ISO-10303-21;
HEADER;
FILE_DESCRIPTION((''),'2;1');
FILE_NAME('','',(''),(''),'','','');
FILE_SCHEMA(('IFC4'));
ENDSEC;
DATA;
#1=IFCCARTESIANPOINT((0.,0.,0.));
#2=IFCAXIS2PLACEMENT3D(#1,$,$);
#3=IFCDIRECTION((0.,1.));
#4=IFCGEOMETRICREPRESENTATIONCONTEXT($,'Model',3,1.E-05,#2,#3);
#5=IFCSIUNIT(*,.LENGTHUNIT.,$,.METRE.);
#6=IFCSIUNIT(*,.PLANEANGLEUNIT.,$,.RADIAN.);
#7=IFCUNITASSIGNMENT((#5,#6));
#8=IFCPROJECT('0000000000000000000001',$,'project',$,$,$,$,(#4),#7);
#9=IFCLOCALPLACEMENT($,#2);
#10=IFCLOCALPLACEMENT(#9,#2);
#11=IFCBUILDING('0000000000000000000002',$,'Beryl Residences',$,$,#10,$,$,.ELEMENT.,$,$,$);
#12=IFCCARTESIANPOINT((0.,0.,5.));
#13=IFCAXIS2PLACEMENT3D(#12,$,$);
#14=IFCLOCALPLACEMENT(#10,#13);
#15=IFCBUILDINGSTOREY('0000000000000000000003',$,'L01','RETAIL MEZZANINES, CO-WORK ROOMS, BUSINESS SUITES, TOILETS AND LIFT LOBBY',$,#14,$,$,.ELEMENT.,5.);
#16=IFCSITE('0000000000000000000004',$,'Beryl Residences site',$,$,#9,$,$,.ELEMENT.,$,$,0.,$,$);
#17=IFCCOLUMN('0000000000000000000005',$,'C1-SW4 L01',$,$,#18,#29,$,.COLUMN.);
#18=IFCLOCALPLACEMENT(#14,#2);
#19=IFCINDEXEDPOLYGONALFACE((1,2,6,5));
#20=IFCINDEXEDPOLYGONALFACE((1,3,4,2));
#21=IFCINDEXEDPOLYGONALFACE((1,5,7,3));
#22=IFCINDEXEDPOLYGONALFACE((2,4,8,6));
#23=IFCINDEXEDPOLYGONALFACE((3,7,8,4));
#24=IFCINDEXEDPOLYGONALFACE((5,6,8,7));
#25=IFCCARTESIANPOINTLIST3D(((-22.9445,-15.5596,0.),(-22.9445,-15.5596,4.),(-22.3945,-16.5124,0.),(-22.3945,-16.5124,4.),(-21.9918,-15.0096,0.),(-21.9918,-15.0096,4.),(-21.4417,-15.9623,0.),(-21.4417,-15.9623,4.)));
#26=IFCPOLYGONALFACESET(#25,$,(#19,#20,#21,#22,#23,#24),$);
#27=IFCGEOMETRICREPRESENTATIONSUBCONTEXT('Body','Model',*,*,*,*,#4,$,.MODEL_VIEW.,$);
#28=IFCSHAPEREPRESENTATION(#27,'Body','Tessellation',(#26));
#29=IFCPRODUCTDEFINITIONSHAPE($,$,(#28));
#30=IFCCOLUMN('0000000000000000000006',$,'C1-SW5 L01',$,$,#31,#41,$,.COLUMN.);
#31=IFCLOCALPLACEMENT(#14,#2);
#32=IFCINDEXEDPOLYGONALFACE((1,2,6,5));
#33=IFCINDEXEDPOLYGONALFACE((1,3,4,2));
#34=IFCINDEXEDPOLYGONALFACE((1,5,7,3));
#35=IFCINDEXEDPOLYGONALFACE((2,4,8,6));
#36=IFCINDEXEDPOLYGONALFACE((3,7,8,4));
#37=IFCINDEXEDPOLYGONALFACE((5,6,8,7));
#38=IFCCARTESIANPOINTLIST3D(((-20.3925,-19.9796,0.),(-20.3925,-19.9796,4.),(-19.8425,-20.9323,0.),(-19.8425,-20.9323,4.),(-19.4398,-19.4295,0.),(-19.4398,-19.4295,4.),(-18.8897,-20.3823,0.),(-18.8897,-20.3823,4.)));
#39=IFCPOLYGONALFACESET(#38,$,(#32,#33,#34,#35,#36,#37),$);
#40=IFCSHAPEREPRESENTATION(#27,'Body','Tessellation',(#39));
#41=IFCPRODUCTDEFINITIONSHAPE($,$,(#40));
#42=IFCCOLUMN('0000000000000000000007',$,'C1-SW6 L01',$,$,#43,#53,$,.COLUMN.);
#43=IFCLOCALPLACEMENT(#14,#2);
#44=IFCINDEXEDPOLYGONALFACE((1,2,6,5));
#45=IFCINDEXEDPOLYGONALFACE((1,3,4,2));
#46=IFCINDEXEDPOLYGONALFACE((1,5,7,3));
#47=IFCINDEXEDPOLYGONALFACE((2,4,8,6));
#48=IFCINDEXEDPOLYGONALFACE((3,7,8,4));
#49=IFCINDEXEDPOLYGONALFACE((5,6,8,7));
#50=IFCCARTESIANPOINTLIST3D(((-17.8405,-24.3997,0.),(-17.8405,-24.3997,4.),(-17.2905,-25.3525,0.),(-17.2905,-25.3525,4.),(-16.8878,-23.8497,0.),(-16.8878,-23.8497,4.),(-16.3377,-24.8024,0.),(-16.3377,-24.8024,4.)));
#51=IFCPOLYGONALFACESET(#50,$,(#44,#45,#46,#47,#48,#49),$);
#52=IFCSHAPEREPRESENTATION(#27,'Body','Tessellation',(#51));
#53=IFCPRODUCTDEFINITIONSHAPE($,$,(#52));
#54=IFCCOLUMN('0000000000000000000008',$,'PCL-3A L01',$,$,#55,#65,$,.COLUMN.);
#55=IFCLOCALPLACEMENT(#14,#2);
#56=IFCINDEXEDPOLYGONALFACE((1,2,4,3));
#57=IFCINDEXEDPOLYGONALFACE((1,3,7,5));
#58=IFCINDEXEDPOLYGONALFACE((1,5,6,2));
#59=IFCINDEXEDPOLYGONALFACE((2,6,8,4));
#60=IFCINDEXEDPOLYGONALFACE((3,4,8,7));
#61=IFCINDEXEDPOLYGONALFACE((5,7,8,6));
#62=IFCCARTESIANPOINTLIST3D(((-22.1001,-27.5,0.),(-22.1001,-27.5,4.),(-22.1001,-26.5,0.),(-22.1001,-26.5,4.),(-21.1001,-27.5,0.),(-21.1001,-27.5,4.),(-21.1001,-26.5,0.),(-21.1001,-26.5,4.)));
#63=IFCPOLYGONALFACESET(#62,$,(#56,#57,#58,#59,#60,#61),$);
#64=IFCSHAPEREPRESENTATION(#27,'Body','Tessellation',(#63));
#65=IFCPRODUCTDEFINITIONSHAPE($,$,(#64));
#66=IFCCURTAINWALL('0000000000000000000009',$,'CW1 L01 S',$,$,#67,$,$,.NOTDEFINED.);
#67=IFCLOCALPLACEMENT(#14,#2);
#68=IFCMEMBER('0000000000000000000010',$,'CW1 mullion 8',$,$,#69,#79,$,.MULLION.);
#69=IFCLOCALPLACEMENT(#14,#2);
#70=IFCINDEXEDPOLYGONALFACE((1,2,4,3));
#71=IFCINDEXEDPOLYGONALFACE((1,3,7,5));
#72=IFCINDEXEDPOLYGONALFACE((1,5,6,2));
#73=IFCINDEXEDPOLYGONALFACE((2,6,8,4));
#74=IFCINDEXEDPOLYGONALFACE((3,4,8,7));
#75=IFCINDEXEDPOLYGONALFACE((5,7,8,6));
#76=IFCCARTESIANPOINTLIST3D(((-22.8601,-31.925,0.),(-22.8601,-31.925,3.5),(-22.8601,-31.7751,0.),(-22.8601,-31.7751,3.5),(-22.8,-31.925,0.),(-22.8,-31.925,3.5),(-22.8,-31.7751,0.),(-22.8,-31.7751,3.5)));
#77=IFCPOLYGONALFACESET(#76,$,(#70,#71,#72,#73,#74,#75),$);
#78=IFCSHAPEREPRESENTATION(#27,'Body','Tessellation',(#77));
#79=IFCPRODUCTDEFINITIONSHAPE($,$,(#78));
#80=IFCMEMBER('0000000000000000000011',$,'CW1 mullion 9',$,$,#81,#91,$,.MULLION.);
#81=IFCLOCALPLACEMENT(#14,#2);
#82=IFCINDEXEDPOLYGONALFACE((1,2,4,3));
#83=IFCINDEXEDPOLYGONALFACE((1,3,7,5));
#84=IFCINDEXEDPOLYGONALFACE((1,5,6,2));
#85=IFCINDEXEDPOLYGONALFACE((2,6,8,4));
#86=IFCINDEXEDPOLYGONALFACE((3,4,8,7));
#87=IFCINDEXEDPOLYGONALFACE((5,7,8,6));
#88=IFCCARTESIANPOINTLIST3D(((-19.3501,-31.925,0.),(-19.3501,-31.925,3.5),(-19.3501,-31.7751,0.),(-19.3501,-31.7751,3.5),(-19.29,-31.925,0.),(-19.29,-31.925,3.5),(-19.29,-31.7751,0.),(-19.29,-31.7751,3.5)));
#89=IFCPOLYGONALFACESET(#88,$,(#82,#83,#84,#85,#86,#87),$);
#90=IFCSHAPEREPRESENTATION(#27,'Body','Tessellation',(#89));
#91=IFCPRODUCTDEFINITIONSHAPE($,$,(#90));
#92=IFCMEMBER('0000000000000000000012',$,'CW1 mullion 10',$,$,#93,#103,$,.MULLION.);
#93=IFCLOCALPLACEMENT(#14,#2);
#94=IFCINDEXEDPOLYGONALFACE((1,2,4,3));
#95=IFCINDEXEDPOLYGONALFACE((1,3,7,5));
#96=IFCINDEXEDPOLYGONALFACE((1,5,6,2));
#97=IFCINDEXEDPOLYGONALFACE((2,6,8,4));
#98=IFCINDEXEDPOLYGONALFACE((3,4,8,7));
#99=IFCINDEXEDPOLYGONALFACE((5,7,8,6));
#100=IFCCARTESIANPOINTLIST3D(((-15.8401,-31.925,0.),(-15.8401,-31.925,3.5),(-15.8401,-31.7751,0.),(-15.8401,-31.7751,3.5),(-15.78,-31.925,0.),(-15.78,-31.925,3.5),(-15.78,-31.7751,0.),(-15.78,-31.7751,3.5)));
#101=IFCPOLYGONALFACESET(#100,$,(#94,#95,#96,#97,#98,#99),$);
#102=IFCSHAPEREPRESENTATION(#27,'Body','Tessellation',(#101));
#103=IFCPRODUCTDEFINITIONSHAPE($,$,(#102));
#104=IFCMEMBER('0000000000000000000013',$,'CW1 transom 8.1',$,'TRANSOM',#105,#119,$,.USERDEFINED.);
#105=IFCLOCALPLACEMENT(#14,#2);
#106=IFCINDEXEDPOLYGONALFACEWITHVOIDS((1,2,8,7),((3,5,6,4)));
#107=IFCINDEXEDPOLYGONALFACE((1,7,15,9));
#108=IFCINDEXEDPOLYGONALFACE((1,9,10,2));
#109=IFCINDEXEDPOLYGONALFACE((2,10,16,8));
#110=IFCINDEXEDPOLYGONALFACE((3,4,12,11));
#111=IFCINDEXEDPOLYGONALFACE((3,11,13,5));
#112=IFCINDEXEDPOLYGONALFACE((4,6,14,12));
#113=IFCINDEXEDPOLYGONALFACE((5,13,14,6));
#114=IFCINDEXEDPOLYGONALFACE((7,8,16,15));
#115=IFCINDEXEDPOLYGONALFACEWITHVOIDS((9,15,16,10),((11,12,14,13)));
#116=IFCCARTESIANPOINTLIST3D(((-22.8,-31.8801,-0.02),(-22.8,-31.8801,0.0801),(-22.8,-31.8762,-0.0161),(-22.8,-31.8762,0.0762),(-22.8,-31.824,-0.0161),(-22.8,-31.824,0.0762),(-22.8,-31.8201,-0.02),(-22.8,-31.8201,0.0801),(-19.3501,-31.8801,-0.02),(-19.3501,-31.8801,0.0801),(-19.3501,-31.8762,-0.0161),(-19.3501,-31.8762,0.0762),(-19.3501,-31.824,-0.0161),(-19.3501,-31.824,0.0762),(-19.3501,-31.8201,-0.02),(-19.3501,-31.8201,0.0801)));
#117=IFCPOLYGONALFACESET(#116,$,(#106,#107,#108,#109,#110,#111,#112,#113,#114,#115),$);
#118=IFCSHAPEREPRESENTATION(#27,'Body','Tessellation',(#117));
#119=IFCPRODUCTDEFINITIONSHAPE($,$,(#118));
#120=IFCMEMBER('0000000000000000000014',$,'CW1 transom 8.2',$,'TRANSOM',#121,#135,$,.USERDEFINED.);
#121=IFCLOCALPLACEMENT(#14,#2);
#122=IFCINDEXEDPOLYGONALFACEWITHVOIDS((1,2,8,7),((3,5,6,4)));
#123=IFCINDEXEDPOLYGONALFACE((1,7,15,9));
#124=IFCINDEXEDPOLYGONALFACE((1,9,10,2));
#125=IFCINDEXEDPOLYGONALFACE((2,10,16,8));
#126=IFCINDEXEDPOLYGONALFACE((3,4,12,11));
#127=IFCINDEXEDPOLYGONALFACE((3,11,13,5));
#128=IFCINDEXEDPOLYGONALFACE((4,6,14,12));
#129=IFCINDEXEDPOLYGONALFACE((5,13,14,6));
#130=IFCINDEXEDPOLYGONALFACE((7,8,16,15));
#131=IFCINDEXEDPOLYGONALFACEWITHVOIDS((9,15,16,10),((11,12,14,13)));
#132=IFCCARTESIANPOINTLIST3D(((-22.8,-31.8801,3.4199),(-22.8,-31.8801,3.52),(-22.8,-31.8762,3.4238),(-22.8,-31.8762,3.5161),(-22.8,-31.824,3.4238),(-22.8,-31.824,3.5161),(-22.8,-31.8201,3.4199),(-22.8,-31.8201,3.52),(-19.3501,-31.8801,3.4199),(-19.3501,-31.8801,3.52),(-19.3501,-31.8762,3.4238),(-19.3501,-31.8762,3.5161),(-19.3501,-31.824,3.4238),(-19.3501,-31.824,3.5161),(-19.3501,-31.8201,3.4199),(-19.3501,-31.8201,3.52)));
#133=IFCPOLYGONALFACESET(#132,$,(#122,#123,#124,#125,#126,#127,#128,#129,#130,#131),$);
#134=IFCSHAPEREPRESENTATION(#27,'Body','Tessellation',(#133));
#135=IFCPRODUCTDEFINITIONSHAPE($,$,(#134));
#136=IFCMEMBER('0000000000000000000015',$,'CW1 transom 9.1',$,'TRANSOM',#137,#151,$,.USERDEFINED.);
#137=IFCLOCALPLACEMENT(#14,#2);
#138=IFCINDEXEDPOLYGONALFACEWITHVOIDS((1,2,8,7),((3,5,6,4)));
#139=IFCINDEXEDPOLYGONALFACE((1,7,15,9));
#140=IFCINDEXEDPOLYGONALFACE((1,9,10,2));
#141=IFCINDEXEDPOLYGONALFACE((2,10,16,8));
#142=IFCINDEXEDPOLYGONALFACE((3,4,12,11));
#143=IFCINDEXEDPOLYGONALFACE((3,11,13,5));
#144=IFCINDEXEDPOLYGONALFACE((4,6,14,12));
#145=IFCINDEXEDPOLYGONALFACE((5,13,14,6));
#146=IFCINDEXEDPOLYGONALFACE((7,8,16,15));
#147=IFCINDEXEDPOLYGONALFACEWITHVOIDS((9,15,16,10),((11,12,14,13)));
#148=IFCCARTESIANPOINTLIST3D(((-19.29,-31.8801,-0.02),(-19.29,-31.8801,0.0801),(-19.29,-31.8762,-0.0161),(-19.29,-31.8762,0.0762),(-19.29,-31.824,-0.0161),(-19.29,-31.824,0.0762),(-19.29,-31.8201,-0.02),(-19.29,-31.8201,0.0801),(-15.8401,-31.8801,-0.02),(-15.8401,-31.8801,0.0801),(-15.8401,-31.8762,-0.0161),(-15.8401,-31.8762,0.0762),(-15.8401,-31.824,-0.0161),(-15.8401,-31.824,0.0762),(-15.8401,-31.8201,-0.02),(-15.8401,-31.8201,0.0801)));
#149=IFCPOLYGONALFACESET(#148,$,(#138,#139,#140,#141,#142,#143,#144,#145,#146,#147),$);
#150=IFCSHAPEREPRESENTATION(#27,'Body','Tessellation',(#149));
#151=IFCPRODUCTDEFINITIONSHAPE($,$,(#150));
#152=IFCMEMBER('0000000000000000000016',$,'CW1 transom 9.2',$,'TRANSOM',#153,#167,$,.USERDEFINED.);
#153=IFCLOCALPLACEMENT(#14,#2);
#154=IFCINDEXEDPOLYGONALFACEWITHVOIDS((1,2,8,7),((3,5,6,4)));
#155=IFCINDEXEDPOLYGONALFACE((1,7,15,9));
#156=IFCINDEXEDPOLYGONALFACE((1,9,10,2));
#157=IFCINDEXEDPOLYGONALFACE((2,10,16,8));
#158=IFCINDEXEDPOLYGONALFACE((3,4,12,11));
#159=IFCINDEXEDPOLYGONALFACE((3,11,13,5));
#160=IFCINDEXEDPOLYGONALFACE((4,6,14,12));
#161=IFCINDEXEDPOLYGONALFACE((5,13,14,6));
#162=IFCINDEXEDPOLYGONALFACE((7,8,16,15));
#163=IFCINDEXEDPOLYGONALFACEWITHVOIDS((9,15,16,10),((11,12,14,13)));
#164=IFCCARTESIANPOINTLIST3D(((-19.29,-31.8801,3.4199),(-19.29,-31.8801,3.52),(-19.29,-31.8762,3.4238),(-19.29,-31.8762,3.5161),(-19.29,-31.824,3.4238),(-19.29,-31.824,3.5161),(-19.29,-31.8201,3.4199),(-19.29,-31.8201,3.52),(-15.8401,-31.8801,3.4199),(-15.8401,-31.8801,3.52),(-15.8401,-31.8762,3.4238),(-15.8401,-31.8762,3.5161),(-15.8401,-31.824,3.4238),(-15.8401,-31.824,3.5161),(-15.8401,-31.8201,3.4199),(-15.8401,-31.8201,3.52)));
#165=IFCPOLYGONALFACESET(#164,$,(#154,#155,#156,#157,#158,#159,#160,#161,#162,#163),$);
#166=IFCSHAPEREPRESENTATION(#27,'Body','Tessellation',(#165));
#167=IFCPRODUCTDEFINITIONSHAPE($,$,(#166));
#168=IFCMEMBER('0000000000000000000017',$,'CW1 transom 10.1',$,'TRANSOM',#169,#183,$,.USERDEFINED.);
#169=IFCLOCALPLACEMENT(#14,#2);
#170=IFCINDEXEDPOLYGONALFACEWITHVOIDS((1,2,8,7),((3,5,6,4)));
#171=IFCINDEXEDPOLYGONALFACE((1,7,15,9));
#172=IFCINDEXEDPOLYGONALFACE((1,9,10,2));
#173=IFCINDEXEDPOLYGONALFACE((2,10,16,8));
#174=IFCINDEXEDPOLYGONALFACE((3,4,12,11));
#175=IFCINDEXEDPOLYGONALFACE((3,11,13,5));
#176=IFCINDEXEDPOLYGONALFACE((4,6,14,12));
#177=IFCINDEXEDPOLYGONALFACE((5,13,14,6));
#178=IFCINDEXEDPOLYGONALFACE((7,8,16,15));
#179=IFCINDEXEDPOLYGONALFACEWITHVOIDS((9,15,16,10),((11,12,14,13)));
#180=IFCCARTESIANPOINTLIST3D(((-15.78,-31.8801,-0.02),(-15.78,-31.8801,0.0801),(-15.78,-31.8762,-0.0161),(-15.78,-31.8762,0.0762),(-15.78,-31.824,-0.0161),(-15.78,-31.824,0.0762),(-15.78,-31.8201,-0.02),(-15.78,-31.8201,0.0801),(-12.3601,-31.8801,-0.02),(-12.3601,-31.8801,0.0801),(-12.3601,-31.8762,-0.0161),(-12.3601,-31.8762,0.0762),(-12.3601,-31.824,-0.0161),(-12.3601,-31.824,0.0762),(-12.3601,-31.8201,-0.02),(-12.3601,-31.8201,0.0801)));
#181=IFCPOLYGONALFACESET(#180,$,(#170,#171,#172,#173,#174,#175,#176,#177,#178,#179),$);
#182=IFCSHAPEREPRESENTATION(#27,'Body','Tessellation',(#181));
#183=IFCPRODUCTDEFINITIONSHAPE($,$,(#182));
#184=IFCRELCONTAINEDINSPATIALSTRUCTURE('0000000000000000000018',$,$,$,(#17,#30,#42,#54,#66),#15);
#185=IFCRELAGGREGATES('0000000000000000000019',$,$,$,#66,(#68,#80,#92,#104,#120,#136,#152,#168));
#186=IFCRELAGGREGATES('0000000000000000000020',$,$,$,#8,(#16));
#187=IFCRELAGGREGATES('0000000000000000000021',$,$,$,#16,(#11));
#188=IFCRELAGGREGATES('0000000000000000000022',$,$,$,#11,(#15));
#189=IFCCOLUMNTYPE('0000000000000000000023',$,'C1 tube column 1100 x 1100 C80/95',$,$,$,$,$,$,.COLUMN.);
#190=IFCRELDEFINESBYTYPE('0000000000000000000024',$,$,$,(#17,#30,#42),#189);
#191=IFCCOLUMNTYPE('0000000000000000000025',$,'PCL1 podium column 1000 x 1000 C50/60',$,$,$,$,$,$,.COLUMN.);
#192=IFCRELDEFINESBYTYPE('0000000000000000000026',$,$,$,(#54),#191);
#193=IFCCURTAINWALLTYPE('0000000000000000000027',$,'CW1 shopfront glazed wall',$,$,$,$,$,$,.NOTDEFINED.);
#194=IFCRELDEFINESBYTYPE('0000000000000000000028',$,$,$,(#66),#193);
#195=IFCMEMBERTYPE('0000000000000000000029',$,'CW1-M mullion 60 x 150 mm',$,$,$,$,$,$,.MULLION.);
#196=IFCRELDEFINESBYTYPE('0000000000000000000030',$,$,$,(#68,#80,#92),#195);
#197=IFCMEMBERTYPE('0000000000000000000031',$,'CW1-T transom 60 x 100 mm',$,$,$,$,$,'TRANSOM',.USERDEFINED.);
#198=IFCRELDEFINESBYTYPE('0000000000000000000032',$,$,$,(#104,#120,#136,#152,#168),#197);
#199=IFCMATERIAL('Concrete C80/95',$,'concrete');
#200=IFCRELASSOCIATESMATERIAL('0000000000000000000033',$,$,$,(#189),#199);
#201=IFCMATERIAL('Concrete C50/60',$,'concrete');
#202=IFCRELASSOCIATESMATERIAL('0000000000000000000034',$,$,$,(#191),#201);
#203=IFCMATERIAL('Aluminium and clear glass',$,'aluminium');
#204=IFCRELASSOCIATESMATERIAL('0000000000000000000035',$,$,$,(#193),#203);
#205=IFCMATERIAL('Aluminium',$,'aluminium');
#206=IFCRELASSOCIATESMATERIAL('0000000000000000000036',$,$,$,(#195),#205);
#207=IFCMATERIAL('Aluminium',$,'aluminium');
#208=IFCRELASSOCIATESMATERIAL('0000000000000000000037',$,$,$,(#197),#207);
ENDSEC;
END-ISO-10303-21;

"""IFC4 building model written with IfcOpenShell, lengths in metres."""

from ifc_helpers import new_model, si_unit, direction, frame, origin, origin_2d, place, context, subcontext, project, spatial, rectangle, hollow_rectangle, extrude, material, material_profile, profile_set, type_object, element, aggregate, save


model = new_model("IFC4")

# Units and contexts
model_context = context("Model", 3, precision=1e-05, world=origin(), true_north=direction((0.0, 1.0)))
body_context = subcontext(model_context, "Body", "Model", "MODEL_VIEW")
ifc_project = project(units=[si_unit("LENGTHUNIT", "METRE"), si_unit("PLANEANGLEUNIT", "RADIAN")], contexts=[model_context])

# Site, building, storey
site_placement = place(None, origin())
site = spatial("IfcSite", under=ifc_project, at=site_placement, Name="Beryl Residences site", CompositionType="ELEMENT", RefElevation=0.0)
building_placement = place(site_placement, origin())
building = spatial("IfcBuilding", under=site, at=building_placement, Name="Beryl Residences", CompositionType="ELEMENT")
storey_placement = place(building_placement, frame((0.0, 0.0, 5.0)))
storey = spatial("IfcBuildingStorey", under=building, at=storey_placement, Name="L01", Description="RETAIL MEZZANINES, CO-WORK ROOMS, BUSINESS SUITES, TOILETS AND LIFT LOBBY", CompositionType="ELEMENT", Elevation=5.0)

# Columns
ifc_material_1 = material(Name="Concrete C80/95", Category="concrete")
ifc_material_profile_1 = material_profile(ifc_material_1, rectangle(XDim=1.1001, YDim=1.1001, at=origin_2d()))
ifc_profile_set_1 = profile_set([ifc_material_profile_1], Name="Concrete C80/95")
column_type_1 = type_object("IfcColumnType", Name="C1 tube column 1100 x 1100 C80/95", PredefinedType="COLUMN", material=ifc_profile_set_1)
for number, where, z_axis, x_axis, name in (
    (1, (-22.1931, -15.761, 0.0), (0.0, 0.0, 1.0), (0.499985, -0.866034, 0.0), "C1-SW4 L01"),
    (2, (-19.6411, -20.1809, 0.0), (0.0, 0.0, 1.0), (0.499985, -0.866034, 0.0), "C1-SW5 L01"),
    (3, (-17.0891, -24.6011, 0.0), (0.0, 0.0, 1.0), (0.499985, -0.866034, 0.0), "C1-SW6 L01"),
):
    element("IfcColumn", number, at=place(storey_placement, frame(where, z_axis=z_axis, x_axis=x_axis)), inside=storey, type_object=column_type_1, Name=name, PredefinedType="COLUMN", context=body_context, shape_type="SweptSolid", body=[
        extrude(rectangle(XDim=1.1001, YDim=1.1001, at=origin_2d()), origin(), (0.0, 0.0, 1.0), 4.0),
    ])
ifc_material_2 = material(Name="Concrete C50/60", Category="concrete")
ifc_material_profile_2 = material_profile(ifc_material_2, rectangle(XDim=1.0, YDim=1.0, at=origin_2d()))
ifc_profile_set_2 = profile_set([ifc_material_profile_2], Name="Concrete C50/60")
column_type_2 = type_object("IfcColumnType", Name="PCL1 podium column 1000 x 1000 C50/60", PredefinedType="COLUMN", material=ifc_profile_set_2)
column_placement = place(storey_placement, frame((-21.6001, -27.0, 0.0), z_axis=(0.0, 0.0, 1.0), x_axis=(1.0, 0.0, 0.0)))
element("IfcColumn", 4, at=column_placement, inside=storey, type_object=column_type_2, Name="PCL-3A L01", PredefinedType="COLUMN", context=body_context, shape_type="SweptSolid", body=[
    extrude(rectangle(XDim=1.0, YDim=1.0, at=origin_2d()), origin(), (0.0, 0.0, 1.0), 4.0),
])

# Curtain wall, members
ifc_material_3 = material(Name="Aluminium and clear glass", Category="aluminium")
curtain_wall_type = type_object("IfcCurtainWallType", Name="CW1 shopfront glazed wall", PredefinedType="NOTDEFINED", material=ifc_material_3)
curtain_wall_placement = place(storey_placement, origin())
curtain_wall = element("IfcCurtainWall", 5, at=curtain_wall_placement, inside=storey, type_object=curtain_wall_type, Name="CW1 L01 S", PredefinedType="NOTDEFINED")
ifc_material_4 = material(Name="Aluminium", Category="aluminium")
ifc_material_profile_3 = material_profile(ifc_material_4, rectangle(XDim=0.0601, YDim=0.1499, at=origin_2d()))
ifc_profile_set_3 = profile_set([ifc_material_profile_3], Name="Aluminium")
member_type_1 = type_object("IfcMemberType", Name="CW1-M mullion 60 x 150 mm", PredefinedType="MULLION", material=ifc_profile_set_3)
member_1_placement = place(storey_placement, frame((-22.8301, -31.8501, 0.0), z_axis=(0.0, 0.0, 1.0), x_axis=(1.0, 0.0, 0.0)))
member_1 = element("IfcMember", 6, at=member_1_placement, type_object=member_type_1, Name="CW1 mullion 8", PredefinedType="MULLION", context=body_context, shape_type="SweptSolid", body=[
    extrude(rectangle(XDim=0.0601, YDim=0.1499, at=origin_2d()), origin(), (0.0, 0.0, 1.0), 3.5),
])
member_2_placement = place(storey_placement, frame((-19.3201, -31.8501, 0.0), z_axis=(0.0, 0.0, 1.0), x_axis=(1.0, 0.0, 0.0)))
member_2 = element("IfcMember", 7, at=member_2_placement, type_object=member_type_1, Name="CW1 mullion 9", PredefinedType="MULLION", context=body_context, shape_type="SweptSolid", body=[
    extrude(rectangle(XDim=0.0601, YDim=0.1499, at=origin_2d()), origin(), (0.0, 0.0, 1.0), 3.5),
])
member_3_placement = place(storey_placement, frame((-15.8101, -31.8501, 0.0), z_axis=(0.0, 0.0, 1.0), x_axis=(1.0, 0.0, 0.0)))
member_3 = element("IfcMember", 8, at=member_3_placement, type_object=member_type_1, Name="CW1 mullion 10", PredefinedType="MULLION", context=body_context, shape_type="SweptSolid", body=[
    extrude(rectangle(XDim=0.0601, YDim=0.1499, at=origin_2d()), origin(), (0.0, 0.0, 1.0), 3.5),
])
ifc_material_5 = material(Name="Aluminium", Category="aluminium")
ifc_material_profile_4 = material_profile(ifc_material_5, hollow_rectangle(XDim=0.0601, YDim=0.1001, WallThickness=0.0039, at=origin_2d()))
ifc_profile_set_4 = profile_set([ifc_material_profile_4], Name="Aluminium")
member_type_2 = type_object("IfcMemberType", Name="CW1-T transom 60 x 100 mm", ElementType="TRANSOM", PredefinedType="USERDEFINED", material=ifc_profile_set_4)
member_4_placement = place(storey_placement, frame((-22.8, -31.8501, 0.03), z_axis=(1.0, 0.0, 0.0), x_axis=(0.0, 1.0, 0.0)))
member_4 = element("IfcMember", 9, at=member_4_placement, type_object=member_type_2, Name="CW1 transom 8.1", ObjectType="TRANSOM", PredefinedType="USERDEFINED", context=body_context, shape_type="SweptSolid", body=[
    extrude(hollow_rectangle(XDim=0.0601, YDim=0.1001, WallThickness=0.0039, at=origin_2d()), origin(), (0.0, 0.0, 1.0), 3.45),
])
member_5_placement = place(storey_placement, frame((-22.8, -31.8501, 3.47), z_axis=(1.0, 0.0, 0.0), x_axis=(0.0, 1.0, 0.0)))
member_5 = element("IfcMember", 10, at=member_5_placement, type_object=member_type_2, Name="CW1 transom 8.2", ObjectType="TRANSOM", PredefinedType="USERDEFINED", context=body_context, shape_type="SweptSolid", body=[
    extrude(hollow_rectangle(XDim=0.0601, YDim=0.1001, WallThickness=0.0039, at=origin_2d()), origin(), (0.0, 0.0, 1.0), 3.45),
])
member_6_placement = place(storey_placement, frame((-19.29, -31.8501, 0.03), z_axis=(1.0, 0.0, 0.0), x_axis=(0.0, 1.0, 0.0)))
member_6 = element("IfcMember", 11, at=member_6_placement, type_object=member_type_2, Name="CW1 transom 9.1", ObjectType="TRANSOM", PredefinedType="USERDEFINED", context=body_context, shape_type="SweptSolid", body=[
    extrude(hollow_rectangle(XDim=0.0601, YDim=0.1001, WallThickness=0.0039, at=origin_2d()), origin(), (0.0, 0.0, 1.0), 3.45),
])
member_7_placement = place(storey_placement, frame((-19.29, -31.8501, 3.47), z_axis=(1.0, 0.0, 0.0), x_axis=(0.0, 1.0, 0.0)))
member_7 = element("IfcMember", 12, at=member_7_placement, type_object=member_type_2, Name="CW1 transom 9.2", ObjectType="TRANSOM", PredefinedType="USERDEFINED", context=body_context, shape_type="SweptSolid", body=[
    extrude(hollow_rectangle(XDim=0.0601, YDim=0.1001, WallThickness=0.0039, at=origin_2d()), origin(), (0.0, 0.0, 1.0), 3.45),
])
member_8_placement = place(storey_placement, frame((-15.78, -31.8501, 0.03), z_axis=(1.0, 0.0, 0.0), x_axis=(0.0, 1.0, 0.0)))
member_8 = element("IfcMember", 13, at=member_8_placement, type_object=member_type_2, Name="CW1 transom 10.1", ObjectType="TRANSOM", PredefinedType="USERDEFINED", context=body_context, shape_type="SweptSolid", body=[
    extrude(hollow_rectangle(XDim=0.0601, YDim=0.1001, WallThickness=0.0039, at=origin_2d()), origin(), (0.0, 0.0, 1.0), 3.4199),
])

aggregate(curtain_wall, [member_1, member_2, member_3, member_4, member_5, member_6, member_7, member_8])

save(model, "model.ifc")
